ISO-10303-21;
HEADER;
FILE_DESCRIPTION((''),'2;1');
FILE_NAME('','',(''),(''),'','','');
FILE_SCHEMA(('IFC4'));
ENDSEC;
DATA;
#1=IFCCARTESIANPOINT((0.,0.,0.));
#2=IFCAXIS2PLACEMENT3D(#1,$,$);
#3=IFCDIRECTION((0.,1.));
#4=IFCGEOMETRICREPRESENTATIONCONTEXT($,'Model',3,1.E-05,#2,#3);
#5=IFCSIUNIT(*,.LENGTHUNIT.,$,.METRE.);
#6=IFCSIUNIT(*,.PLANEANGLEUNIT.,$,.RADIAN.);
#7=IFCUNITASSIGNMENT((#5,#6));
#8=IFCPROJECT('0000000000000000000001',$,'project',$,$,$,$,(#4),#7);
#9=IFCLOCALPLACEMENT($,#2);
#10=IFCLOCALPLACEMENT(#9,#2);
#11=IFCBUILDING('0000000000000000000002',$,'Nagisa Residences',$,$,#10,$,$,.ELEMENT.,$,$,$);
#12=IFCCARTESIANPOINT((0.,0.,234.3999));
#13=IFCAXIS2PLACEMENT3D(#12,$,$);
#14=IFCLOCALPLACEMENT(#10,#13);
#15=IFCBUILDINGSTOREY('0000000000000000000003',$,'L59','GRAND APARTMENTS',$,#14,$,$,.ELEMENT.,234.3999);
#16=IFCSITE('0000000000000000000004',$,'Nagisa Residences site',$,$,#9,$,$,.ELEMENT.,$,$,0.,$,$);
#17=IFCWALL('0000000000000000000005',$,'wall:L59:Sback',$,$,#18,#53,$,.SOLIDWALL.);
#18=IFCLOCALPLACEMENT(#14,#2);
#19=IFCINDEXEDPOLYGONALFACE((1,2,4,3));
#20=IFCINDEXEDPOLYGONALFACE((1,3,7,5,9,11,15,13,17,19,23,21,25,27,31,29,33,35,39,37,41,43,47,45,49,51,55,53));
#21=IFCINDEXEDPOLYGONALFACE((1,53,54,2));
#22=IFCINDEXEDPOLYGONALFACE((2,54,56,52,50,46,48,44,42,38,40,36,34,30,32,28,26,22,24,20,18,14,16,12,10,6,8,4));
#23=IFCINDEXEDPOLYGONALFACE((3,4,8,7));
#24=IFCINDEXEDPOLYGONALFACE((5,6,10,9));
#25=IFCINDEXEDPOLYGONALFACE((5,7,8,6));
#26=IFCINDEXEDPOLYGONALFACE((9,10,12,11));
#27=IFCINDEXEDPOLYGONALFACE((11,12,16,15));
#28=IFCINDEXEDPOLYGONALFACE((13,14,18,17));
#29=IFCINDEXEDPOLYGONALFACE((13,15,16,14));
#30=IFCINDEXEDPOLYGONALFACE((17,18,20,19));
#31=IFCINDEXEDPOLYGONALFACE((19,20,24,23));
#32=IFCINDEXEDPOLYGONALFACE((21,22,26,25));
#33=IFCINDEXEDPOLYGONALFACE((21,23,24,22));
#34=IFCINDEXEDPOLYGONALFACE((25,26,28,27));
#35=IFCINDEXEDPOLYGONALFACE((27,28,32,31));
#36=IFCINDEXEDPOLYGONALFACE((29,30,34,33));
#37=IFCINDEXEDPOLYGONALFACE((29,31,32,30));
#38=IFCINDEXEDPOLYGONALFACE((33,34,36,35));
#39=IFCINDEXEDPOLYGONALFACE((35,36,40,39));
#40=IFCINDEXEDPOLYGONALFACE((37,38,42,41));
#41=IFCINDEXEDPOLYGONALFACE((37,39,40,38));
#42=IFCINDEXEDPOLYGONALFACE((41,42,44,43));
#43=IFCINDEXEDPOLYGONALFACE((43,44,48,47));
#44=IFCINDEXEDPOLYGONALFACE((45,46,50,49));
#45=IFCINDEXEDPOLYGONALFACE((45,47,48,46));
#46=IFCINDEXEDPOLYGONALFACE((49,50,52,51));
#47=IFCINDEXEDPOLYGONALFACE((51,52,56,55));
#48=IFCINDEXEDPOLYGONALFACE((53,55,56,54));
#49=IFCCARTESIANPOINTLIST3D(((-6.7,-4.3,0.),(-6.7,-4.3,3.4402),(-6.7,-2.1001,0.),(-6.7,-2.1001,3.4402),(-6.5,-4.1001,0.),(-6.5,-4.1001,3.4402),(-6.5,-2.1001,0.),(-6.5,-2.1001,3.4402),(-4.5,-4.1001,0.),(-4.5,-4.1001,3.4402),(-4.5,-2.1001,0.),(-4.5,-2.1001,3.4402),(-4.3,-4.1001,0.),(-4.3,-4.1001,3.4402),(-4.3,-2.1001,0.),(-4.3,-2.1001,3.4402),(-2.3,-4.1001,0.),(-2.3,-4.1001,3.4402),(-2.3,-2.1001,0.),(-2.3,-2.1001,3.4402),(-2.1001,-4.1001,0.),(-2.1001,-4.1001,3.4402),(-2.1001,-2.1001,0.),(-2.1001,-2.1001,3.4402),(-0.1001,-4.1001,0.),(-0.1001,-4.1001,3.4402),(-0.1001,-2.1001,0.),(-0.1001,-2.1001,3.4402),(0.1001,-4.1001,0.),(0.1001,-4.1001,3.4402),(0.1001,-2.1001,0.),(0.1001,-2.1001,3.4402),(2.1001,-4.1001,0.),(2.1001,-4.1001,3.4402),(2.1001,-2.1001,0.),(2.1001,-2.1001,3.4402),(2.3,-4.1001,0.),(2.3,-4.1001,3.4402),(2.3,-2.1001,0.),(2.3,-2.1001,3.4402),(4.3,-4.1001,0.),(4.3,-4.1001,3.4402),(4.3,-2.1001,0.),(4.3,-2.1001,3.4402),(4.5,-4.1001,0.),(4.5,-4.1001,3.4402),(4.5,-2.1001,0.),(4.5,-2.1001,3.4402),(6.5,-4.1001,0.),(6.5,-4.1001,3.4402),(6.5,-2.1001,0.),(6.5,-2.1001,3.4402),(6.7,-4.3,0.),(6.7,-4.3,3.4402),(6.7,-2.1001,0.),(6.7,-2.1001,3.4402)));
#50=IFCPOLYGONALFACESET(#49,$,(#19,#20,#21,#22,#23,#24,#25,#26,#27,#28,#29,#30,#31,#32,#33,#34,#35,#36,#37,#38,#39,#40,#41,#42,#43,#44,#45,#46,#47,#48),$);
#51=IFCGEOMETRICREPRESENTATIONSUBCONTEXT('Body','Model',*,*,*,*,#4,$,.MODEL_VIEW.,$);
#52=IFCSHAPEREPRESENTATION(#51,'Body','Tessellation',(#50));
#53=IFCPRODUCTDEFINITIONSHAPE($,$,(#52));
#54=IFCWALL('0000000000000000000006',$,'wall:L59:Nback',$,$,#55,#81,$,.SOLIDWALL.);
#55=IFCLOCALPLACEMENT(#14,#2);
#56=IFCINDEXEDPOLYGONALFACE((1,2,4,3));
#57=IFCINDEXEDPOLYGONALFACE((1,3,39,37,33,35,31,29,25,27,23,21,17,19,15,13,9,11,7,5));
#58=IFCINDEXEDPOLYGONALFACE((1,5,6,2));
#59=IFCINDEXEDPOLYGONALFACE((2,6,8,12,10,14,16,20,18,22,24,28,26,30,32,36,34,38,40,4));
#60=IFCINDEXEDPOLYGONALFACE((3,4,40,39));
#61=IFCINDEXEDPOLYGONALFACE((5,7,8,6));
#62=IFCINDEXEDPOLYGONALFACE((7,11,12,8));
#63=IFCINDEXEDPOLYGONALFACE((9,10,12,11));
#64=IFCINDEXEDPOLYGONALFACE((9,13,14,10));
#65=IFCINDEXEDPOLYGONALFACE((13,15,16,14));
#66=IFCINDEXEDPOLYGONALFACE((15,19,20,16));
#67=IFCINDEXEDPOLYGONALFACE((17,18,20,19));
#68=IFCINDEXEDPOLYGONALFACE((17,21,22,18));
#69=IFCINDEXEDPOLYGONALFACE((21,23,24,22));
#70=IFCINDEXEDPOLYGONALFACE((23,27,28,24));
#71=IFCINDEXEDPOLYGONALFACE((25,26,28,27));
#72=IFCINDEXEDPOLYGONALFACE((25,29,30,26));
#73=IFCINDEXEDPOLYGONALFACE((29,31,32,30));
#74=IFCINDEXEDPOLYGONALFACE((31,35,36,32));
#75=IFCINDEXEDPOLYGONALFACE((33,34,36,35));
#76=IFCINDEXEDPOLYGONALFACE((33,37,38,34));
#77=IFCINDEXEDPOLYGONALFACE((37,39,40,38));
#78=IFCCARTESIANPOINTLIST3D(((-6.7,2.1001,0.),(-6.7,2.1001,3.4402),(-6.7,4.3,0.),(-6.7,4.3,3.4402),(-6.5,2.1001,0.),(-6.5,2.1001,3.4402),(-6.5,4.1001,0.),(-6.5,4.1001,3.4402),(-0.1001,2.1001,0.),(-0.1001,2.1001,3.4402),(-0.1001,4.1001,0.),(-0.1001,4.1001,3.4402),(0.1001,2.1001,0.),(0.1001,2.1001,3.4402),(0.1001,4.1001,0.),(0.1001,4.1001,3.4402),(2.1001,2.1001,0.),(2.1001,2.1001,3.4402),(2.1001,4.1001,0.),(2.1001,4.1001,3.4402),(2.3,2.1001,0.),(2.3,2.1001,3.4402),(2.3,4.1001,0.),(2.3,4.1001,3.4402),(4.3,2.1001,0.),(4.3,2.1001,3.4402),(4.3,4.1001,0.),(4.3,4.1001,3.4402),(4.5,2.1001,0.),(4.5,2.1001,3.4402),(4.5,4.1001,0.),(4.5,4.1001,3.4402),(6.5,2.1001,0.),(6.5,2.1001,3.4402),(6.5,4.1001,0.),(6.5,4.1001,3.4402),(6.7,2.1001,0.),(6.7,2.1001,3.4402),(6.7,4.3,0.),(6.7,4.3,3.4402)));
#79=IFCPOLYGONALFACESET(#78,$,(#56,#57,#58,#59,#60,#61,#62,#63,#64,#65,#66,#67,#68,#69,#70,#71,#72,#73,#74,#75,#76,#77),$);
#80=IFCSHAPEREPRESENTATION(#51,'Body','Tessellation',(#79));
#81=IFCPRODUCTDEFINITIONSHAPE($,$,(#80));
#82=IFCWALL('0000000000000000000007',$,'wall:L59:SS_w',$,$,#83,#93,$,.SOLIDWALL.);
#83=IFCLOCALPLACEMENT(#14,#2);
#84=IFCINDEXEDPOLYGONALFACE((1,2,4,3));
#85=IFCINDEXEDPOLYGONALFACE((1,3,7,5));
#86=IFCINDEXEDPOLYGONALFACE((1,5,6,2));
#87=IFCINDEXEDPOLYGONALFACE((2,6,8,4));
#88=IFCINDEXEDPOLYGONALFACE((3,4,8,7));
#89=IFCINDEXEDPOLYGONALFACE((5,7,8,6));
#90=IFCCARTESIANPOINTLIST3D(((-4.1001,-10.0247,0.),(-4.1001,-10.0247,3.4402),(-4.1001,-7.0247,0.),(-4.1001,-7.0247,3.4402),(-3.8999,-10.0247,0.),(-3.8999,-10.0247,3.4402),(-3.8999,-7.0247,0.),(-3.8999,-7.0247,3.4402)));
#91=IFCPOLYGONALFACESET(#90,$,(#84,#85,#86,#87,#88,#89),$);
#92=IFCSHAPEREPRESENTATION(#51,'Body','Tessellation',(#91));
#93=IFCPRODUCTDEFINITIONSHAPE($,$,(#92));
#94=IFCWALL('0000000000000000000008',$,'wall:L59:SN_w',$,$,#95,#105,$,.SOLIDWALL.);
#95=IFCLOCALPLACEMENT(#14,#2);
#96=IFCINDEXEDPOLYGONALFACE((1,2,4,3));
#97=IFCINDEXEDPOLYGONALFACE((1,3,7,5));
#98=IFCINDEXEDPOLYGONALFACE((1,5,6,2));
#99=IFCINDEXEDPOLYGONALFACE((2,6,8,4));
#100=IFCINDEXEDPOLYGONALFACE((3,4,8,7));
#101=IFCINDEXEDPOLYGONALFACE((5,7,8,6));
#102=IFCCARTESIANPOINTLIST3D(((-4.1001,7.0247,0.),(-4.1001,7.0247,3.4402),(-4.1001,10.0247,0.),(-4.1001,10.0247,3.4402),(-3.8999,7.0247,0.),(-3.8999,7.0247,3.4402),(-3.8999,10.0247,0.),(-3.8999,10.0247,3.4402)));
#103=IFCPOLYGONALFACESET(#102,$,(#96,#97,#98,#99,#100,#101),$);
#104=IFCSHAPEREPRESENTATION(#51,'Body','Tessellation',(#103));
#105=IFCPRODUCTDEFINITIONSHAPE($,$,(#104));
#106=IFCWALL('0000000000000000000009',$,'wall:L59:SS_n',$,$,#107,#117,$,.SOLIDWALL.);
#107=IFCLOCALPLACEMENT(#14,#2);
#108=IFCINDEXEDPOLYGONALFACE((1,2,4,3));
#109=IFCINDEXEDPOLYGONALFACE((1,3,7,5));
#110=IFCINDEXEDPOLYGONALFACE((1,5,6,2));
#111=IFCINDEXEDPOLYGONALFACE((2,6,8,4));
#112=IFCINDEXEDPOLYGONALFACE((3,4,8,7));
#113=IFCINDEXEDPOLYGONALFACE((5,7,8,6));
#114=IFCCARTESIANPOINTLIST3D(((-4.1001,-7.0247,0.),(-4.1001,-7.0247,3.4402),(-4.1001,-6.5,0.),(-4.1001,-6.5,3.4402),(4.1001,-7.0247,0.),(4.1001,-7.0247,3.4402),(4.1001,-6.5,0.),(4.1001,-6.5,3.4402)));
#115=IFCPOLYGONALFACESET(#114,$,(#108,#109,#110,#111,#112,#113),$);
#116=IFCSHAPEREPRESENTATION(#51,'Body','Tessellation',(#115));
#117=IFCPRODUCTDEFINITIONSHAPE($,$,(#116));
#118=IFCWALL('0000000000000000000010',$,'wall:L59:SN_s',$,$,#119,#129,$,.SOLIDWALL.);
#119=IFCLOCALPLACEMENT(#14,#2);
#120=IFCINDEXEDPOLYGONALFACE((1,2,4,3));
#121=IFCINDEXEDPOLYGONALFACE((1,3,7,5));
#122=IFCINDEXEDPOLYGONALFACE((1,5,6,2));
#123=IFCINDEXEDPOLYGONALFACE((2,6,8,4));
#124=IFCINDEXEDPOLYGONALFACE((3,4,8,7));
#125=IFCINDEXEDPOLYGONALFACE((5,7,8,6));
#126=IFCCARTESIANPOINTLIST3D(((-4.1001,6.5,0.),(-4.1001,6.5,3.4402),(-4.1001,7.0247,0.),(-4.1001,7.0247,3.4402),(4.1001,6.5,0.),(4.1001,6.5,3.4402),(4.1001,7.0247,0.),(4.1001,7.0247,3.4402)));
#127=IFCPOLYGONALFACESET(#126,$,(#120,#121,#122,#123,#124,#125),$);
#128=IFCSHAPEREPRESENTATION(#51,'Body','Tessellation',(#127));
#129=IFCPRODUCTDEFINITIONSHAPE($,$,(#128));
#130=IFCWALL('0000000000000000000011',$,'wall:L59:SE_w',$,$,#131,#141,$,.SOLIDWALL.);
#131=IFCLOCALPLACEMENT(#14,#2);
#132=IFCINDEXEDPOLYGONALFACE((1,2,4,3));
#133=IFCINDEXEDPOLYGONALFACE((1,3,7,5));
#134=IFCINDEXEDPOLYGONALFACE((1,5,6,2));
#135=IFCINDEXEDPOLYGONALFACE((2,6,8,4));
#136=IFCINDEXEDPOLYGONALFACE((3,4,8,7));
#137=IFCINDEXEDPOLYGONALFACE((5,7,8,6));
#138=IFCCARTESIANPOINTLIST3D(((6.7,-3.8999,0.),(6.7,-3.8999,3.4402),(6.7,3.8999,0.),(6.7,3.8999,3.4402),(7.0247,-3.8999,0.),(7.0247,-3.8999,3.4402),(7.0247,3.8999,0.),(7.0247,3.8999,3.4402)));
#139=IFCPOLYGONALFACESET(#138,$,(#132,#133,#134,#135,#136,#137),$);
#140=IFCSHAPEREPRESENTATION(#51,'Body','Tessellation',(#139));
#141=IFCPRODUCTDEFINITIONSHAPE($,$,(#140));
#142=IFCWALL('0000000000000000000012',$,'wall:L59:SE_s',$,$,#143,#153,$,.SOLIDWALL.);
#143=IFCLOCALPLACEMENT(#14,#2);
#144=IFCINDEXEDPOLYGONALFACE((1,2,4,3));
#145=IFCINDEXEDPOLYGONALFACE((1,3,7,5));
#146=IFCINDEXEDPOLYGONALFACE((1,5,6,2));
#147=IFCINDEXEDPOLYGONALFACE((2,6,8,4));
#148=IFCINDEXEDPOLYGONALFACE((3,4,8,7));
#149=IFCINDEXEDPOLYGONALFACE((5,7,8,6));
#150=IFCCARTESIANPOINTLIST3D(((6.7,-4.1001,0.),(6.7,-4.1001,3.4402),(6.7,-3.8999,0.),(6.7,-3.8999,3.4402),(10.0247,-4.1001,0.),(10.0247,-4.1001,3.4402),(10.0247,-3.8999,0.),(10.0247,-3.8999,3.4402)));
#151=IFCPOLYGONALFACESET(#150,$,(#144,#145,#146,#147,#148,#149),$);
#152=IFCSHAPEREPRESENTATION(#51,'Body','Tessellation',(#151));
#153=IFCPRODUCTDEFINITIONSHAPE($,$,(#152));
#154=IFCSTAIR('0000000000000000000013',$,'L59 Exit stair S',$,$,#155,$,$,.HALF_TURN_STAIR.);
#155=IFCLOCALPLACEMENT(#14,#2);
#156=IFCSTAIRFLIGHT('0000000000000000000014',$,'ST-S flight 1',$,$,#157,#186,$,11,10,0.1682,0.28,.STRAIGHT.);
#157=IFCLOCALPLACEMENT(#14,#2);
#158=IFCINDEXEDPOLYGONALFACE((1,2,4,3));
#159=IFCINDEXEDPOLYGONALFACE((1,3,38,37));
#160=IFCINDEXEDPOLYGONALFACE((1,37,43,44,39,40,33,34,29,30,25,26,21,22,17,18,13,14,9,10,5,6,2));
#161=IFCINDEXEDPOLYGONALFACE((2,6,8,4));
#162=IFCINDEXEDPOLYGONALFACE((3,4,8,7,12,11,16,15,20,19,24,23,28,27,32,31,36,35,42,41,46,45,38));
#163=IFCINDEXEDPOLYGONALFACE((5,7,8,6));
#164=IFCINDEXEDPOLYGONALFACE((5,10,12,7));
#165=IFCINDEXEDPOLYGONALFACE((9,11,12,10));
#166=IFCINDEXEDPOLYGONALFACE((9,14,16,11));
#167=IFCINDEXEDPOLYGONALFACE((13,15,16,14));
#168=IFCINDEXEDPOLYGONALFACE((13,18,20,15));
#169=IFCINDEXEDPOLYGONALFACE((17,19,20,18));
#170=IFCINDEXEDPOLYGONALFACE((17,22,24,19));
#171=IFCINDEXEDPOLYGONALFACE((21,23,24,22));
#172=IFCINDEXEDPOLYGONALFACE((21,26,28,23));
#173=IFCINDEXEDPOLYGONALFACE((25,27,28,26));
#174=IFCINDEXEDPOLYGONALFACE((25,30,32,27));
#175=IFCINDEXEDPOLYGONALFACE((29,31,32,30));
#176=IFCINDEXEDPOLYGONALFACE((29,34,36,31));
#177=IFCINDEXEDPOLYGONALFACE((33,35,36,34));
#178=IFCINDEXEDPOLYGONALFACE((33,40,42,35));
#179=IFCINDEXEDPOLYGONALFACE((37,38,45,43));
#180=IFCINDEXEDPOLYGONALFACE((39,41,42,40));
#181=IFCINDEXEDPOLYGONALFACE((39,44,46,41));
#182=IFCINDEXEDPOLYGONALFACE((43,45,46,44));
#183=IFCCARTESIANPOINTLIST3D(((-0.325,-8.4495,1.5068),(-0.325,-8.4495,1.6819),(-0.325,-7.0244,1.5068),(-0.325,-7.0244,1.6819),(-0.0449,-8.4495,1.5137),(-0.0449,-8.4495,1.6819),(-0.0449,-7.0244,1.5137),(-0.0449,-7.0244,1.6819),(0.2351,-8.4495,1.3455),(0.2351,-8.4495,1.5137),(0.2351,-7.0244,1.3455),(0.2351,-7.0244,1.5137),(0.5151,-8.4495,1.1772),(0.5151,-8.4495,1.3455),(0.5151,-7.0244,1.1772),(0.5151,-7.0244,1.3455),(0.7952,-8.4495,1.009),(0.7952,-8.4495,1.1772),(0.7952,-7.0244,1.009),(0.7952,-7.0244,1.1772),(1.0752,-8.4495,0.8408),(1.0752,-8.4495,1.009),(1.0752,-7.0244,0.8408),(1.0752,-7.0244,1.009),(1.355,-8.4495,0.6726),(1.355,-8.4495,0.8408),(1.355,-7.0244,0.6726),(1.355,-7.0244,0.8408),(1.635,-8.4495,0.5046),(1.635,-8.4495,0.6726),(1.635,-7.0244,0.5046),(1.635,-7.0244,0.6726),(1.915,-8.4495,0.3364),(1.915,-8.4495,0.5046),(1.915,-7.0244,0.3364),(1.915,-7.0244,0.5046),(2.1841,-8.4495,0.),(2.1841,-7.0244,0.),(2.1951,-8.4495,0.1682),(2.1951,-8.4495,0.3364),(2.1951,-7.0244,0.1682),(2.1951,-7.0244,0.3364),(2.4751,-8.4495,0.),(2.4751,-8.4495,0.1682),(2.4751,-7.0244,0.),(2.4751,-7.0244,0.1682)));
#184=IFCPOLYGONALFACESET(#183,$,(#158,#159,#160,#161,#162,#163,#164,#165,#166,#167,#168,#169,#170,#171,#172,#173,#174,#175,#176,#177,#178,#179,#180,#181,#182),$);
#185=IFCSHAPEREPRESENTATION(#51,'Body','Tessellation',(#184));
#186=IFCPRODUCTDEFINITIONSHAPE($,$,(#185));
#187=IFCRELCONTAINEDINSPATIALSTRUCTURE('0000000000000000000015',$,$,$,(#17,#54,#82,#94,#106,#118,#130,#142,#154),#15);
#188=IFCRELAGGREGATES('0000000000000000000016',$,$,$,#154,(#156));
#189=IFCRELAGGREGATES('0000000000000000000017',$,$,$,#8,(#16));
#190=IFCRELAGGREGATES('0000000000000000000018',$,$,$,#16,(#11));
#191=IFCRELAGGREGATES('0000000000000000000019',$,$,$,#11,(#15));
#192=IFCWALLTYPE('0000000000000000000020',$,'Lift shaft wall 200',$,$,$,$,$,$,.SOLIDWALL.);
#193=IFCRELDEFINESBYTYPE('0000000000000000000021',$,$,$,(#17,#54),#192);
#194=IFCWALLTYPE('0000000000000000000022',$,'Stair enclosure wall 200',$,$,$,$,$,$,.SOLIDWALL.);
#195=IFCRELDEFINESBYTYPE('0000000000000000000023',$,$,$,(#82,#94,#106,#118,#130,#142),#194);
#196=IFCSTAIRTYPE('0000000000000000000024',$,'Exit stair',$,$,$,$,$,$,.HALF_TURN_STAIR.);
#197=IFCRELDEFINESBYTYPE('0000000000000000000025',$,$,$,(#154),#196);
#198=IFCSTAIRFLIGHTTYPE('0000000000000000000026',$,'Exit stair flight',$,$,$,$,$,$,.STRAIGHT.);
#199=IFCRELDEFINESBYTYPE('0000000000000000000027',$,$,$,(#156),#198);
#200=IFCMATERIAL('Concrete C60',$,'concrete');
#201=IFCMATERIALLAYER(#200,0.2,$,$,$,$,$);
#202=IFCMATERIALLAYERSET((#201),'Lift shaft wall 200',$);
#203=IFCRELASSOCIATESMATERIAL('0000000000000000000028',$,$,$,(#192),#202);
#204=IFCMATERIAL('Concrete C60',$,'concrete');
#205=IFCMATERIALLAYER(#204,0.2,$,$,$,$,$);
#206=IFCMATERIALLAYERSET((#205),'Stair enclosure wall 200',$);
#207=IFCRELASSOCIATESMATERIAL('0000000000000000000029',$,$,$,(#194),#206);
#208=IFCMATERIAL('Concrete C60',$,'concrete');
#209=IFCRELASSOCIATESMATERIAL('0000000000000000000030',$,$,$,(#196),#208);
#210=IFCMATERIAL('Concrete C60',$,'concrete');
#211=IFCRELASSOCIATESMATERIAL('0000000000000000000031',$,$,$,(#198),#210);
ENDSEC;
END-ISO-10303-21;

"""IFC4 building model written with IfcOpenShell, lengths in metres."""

from ifc_helpers import new_model, si_unit, direction, frame, origin, place, context, subcontext, project, spatial, polyline, outline, extrude, material, layer, layer_set, type_object, element, aggregate, save


model = new_model("IFC4")

# Units and contexts
model_context = context("Model", 3, precision=1e-05, world=origin(), true_north=direction((0.0, 1.0)))
body_context = subcontext(model_context, "Body", "Model", "MODEL_VIEW")
ifc_project = project(units=[si_unit("LENGTHUNIT", "METRE"), si_unit("PLANEANGLEUNIT", "RADIAN")], contexts=[model_context])

# Site, building, storey
site_placement = place(None, origin())
site = spatial("IfcSite", under=ifc_project, at=site_placement, Name="Nagisa Residences site", CompositionType="ELEMENT", RefElevation=0.0)
building_placement = place(site_placement, origin())
building = spatial("IfcBuilding", under=site, at=building_placement, Name="Nagisa Residences", CompositionType="ELEMENT")
storey_placement = place(building_placement, frame((0.0, 0.0, 234.3999)))
storey = spatial("IfcBuildingStorey", under=building, at=storey_placement, Name="L59", Description="GRAND APARTMENTS", CompositionType="ELEMENT", Elevation=234.3999)

# Shared definitions
ifc_material_1 = material(Name="Concrete C60", Category="concrete")
ifc_layer_1 = layer(ifc_material_1, 0.2)
ifc_layer_set_1 = layer_set([ifc_layer_1], Name="Lift shaft wall 200")
wall_type_1 = type_object("IfcWallType", Name="Lift shaft wall 200", PredefinedType="SOLIDWALL", material=ifc_layer_set_1)

# Walls
wall_1_placement = place(storey_placement, origin())
element("IfcWall", 1, at=wall_1_placement, inside=storey, type_object=wall_type_1, Name="wall:L59:Sback", PredefinedType="SOLIDWALL", context=body_context, shape_type="SweptSolid", body=[
    extrude(outline(polyline([(-6.7, -2.1001), (-6.5, -2.1001), (-6.5, -4.1001), (-4.5, -4.1001), (-4.5, -2.1001), (-4.3, -2.1001), (-4.3, -4.1001), (-2.3, -4.1001), (-2.3, -2.1001), (-2.1001, -2.1001), (-2.1001, -4.1001), (-0.1001, -4.1001), (-0.1001, -2.1001), (0.1001, -2.1001), (0.1001, -4.1001), (2.1001, -4.1001), (2.1001, -2.1001), (2.3, -2.1001), (2.3, -4.1001), (4.3, -4.1001), (4.3, -2.1001), (4.5, -2.1001), (4.5, -4.1001), (6.5, -4.1001), (6.5, -2.1001), (6.7, -2.1001), (6.7, -4.3), (-6.7, -4.3), (-6.7, -2.1001)])), origin(), (0.0, 0.0, 1.0), 3.4402),
])
wall_2_placement = place(storey_placement, origin())
element("IfcWall", 2, at=wall_2_placement, inside=storey, type_object=wall_type_1, Name="wall:L59:Nback", PredefinedType="SOLIDWALL", context=body_context, shape_type="SweptSolid", body=[
    extrude(outline(polyline([(-6.7, 4.3), (6.7, 4.3), (6.7, 2.1001), (6.5, 2.1001), (6.5, 4.1001), (4.5, 4.1001), (4.5, 2.1001), (4.3, 2.1001), (4.3, 4.1001), (2.3, 4.1001), (2.3, 2.1001), (2.1001, 2.1001), (2.1001, 4.1001), (0.1001, 4.1001), (0.1001, 2.1001), (-0.1001, 2.1001), (-0.1001, 4.1001), (-6.5, 4.1001), (-6.5, 2.1001), (-6.7, 2.1001), (-6.7, 4.3)])), origin(), (0.0, 0.0, 1.0), 3.4402),
])
ifc_material_2 = material(Name="Concrete C60", Category="concrete")
ifc_layer_2 = layer(ifc_material_2, 0.2)
ifc_layer_set_2 = layer_set([ifc_layer_2], Name="Stair enclosure wall 200")
wall_type_2 = type_object("IfcWallType", Name="Stair enclosure wall 200", PredefinedType="SOLIDWALL", material=ifc_layer_set_2)
wall_3_placement = place(storey_placement, origin())
element("IfcWall", 3, at=wall_3_placement, inside=storey, type_object=wall_type_2, Name="wall:L59:SS_w", PredefinedType="SOLIDWALL", context=body_context, shape_type="SweptSolid", body=[
    extrude(outline(polyline([(-3.8999, -10.0247), (-4.1001, -10.0247), (-4.1001, -7.0247), (-3.8999, -7.0247), (-3.8999, -10.0247)])), origin(), (0.0, 0.0, 1.0), 3.4402),
])
wall_4_placement = place(storey_placement, origin())
element("IfcWall", 4, at=wall_4_placement, inside=storey, type_object=wall_type_2, Name="wall:L59:SN_w", PredefinedType="SOLIDWALL", context=body_context, shape_type="SweptSolid", body=[
    extrude(outline(polyline([(-3.8999, 7.0247), (-4.1001, 7.0247), (-4.1001, 10.0247), (-3.8999, 10.0247), (-3.8999, 7.0247)])), origin(), (0.0, 0.0, 1.0), 3.4402),
])
wall_5_placement = place(storey_placement, origin())
element("IfcWall", 5, at=wall_5_placement, inside=storey, type_object=wall_type_2, Name="wall:L59:SS_n", PredefinedType="SOLIDWALL", context=body_context, shape_type="SweptSolid", body=[
    extrude(outline(polyline([(4.1001, -7.0247), (-4.1001, -7.0247), (-4.1001, -6.5), (4.1001, -6.5), (4.1001, -7.0247)])), origin(), (0.0, 0.0, 1.0), 3.4402),
])
wall_6_placement = place(storey_placement, origin())
element("IfcWall", 6, at=wall_6_placement, inside=storey, type_object=wall_type_2, Name="wall:L59:SN_s", PredefinedType="SOLIDWALL", context=body_context, shape_type="SweptSolid", body=[
    extrude(outline(polyline([(4.1001, 6.5), (-4.1001, 6.5), (-4.1001, 7.0247), (4.1001, 7.0247), (4.1001, 6.5)])), origin(), (0.0, 0.0, 1.0), 3.4402),
])
wall_7_placement = place(storey_placement, origin())
element("IfcWall", 7, at=wall_7_placement, inside=storey, type_object=wall_type_2, Name="wall:L59:SE_w", PredefinedType="SOLIDWALL", context=body_context, shape_type="SweptSolid", body=[
    extrude(outline(polyline([(7.0247, -3.8999), (6.7, -3.8999), (6.7, 3.8999), (7.0247, 3.8999), (7.0247, -3.8999)])), origin(), (0.0, 0.0, 1.0), 3.4402),
])
wall_8_placement = place(storey_placement, origin())
element("IfcWall", 8, at=wall_8_placement, inside=storey, type_object=wall_type_2, Name="wall:L59:SE_s", PredefinedType="SOLIDWALL", context=body_context, shape_type="SweptSolid", body=[
    extrude(outline(polyline([(10.0247, -4.1001), (6.7, -4.1001), (6.7, -3.8999), (10.0247, -3.8999), (10.0247, -4.1001)])), origin(), (0.0, 0.0, 1.0), 3.4402),
])

# Stair, stair flight
ifc_material_3 = material(Name="Concrete C60", Category="concrete")
stair_type = type_object("IfcStairType", Name="Exit stair", PredefinedType="HALF_TURN_STAIR", material=ifc_material_3)
stair_placement = place(storey_placement, origin())
stair = element("IfcStair", 9, at=stair_placement, inside=storey, type_object=stair_type, Name="L59 Exit stair S", PredefinedType="HALF_TURN_STAIR")
ifc_material_4 = material(Name="Concrete C60", Category="concrete")
stair_flight_type = type_object("IfcStairFlightType", Name="Exit stair flight", PredefinedType="STRAIGHT", material=ifc_material_4)
stair_flight_placement = place(storey_placement, frame((2.4751, -7.7371, 0.0), z_axis=(0.0, 0.0, 1.0), x_axis=(-1.0, 0.0, 0.0)))
stair_flight = element("IfcStairFlight", 10, at=stair_flight_placement, type_object=stair_flight_type, Name="ST-S flight 1", NumberOfRisers=11, NumberOfTreads=10, PredefinedType="STRAIGHT", RiserHeight=0.1682, TreadLength=0.28, context=body_context, shape_type="SweptSolid", body=[
    extrude(outline(polyline([(0.0, 0.0), (0.0, 0.1682), (0.28, 0.1682), (0.28, 0.3364), (0.5601, 0.3364), (0.5601, 0.5046), (0.8401, 0.5046), (0.8401, 0.6726), (1.1201, 0.6726), (1.1201, 0.8408), (1.3999, 0.8408), (1.3999, 1.009), (1.6799, 1.009), (1.6799, 1.1772), (1.96, 1.1772), (1.96, 1.3455), (2.24, 1.3455), (2.24, 1.5137), (2.52, 1.5137), (2.52, 1.6819), (2.8, 1.6819), (2.8, 1.8501), (2.8, 1.5068), (0.291, 0.0), (0.0, 0.0)])), frame((0.0, 0.7124, 0.0), z_axis=(0.0, -1.0, 0.0), x_axis=(1.0, 0.0, 0.0)), (0.0, 0.0, 1.0), 1.425),
])
aggregate(stair, [stair_flight])

save(model, "model.ifc")
